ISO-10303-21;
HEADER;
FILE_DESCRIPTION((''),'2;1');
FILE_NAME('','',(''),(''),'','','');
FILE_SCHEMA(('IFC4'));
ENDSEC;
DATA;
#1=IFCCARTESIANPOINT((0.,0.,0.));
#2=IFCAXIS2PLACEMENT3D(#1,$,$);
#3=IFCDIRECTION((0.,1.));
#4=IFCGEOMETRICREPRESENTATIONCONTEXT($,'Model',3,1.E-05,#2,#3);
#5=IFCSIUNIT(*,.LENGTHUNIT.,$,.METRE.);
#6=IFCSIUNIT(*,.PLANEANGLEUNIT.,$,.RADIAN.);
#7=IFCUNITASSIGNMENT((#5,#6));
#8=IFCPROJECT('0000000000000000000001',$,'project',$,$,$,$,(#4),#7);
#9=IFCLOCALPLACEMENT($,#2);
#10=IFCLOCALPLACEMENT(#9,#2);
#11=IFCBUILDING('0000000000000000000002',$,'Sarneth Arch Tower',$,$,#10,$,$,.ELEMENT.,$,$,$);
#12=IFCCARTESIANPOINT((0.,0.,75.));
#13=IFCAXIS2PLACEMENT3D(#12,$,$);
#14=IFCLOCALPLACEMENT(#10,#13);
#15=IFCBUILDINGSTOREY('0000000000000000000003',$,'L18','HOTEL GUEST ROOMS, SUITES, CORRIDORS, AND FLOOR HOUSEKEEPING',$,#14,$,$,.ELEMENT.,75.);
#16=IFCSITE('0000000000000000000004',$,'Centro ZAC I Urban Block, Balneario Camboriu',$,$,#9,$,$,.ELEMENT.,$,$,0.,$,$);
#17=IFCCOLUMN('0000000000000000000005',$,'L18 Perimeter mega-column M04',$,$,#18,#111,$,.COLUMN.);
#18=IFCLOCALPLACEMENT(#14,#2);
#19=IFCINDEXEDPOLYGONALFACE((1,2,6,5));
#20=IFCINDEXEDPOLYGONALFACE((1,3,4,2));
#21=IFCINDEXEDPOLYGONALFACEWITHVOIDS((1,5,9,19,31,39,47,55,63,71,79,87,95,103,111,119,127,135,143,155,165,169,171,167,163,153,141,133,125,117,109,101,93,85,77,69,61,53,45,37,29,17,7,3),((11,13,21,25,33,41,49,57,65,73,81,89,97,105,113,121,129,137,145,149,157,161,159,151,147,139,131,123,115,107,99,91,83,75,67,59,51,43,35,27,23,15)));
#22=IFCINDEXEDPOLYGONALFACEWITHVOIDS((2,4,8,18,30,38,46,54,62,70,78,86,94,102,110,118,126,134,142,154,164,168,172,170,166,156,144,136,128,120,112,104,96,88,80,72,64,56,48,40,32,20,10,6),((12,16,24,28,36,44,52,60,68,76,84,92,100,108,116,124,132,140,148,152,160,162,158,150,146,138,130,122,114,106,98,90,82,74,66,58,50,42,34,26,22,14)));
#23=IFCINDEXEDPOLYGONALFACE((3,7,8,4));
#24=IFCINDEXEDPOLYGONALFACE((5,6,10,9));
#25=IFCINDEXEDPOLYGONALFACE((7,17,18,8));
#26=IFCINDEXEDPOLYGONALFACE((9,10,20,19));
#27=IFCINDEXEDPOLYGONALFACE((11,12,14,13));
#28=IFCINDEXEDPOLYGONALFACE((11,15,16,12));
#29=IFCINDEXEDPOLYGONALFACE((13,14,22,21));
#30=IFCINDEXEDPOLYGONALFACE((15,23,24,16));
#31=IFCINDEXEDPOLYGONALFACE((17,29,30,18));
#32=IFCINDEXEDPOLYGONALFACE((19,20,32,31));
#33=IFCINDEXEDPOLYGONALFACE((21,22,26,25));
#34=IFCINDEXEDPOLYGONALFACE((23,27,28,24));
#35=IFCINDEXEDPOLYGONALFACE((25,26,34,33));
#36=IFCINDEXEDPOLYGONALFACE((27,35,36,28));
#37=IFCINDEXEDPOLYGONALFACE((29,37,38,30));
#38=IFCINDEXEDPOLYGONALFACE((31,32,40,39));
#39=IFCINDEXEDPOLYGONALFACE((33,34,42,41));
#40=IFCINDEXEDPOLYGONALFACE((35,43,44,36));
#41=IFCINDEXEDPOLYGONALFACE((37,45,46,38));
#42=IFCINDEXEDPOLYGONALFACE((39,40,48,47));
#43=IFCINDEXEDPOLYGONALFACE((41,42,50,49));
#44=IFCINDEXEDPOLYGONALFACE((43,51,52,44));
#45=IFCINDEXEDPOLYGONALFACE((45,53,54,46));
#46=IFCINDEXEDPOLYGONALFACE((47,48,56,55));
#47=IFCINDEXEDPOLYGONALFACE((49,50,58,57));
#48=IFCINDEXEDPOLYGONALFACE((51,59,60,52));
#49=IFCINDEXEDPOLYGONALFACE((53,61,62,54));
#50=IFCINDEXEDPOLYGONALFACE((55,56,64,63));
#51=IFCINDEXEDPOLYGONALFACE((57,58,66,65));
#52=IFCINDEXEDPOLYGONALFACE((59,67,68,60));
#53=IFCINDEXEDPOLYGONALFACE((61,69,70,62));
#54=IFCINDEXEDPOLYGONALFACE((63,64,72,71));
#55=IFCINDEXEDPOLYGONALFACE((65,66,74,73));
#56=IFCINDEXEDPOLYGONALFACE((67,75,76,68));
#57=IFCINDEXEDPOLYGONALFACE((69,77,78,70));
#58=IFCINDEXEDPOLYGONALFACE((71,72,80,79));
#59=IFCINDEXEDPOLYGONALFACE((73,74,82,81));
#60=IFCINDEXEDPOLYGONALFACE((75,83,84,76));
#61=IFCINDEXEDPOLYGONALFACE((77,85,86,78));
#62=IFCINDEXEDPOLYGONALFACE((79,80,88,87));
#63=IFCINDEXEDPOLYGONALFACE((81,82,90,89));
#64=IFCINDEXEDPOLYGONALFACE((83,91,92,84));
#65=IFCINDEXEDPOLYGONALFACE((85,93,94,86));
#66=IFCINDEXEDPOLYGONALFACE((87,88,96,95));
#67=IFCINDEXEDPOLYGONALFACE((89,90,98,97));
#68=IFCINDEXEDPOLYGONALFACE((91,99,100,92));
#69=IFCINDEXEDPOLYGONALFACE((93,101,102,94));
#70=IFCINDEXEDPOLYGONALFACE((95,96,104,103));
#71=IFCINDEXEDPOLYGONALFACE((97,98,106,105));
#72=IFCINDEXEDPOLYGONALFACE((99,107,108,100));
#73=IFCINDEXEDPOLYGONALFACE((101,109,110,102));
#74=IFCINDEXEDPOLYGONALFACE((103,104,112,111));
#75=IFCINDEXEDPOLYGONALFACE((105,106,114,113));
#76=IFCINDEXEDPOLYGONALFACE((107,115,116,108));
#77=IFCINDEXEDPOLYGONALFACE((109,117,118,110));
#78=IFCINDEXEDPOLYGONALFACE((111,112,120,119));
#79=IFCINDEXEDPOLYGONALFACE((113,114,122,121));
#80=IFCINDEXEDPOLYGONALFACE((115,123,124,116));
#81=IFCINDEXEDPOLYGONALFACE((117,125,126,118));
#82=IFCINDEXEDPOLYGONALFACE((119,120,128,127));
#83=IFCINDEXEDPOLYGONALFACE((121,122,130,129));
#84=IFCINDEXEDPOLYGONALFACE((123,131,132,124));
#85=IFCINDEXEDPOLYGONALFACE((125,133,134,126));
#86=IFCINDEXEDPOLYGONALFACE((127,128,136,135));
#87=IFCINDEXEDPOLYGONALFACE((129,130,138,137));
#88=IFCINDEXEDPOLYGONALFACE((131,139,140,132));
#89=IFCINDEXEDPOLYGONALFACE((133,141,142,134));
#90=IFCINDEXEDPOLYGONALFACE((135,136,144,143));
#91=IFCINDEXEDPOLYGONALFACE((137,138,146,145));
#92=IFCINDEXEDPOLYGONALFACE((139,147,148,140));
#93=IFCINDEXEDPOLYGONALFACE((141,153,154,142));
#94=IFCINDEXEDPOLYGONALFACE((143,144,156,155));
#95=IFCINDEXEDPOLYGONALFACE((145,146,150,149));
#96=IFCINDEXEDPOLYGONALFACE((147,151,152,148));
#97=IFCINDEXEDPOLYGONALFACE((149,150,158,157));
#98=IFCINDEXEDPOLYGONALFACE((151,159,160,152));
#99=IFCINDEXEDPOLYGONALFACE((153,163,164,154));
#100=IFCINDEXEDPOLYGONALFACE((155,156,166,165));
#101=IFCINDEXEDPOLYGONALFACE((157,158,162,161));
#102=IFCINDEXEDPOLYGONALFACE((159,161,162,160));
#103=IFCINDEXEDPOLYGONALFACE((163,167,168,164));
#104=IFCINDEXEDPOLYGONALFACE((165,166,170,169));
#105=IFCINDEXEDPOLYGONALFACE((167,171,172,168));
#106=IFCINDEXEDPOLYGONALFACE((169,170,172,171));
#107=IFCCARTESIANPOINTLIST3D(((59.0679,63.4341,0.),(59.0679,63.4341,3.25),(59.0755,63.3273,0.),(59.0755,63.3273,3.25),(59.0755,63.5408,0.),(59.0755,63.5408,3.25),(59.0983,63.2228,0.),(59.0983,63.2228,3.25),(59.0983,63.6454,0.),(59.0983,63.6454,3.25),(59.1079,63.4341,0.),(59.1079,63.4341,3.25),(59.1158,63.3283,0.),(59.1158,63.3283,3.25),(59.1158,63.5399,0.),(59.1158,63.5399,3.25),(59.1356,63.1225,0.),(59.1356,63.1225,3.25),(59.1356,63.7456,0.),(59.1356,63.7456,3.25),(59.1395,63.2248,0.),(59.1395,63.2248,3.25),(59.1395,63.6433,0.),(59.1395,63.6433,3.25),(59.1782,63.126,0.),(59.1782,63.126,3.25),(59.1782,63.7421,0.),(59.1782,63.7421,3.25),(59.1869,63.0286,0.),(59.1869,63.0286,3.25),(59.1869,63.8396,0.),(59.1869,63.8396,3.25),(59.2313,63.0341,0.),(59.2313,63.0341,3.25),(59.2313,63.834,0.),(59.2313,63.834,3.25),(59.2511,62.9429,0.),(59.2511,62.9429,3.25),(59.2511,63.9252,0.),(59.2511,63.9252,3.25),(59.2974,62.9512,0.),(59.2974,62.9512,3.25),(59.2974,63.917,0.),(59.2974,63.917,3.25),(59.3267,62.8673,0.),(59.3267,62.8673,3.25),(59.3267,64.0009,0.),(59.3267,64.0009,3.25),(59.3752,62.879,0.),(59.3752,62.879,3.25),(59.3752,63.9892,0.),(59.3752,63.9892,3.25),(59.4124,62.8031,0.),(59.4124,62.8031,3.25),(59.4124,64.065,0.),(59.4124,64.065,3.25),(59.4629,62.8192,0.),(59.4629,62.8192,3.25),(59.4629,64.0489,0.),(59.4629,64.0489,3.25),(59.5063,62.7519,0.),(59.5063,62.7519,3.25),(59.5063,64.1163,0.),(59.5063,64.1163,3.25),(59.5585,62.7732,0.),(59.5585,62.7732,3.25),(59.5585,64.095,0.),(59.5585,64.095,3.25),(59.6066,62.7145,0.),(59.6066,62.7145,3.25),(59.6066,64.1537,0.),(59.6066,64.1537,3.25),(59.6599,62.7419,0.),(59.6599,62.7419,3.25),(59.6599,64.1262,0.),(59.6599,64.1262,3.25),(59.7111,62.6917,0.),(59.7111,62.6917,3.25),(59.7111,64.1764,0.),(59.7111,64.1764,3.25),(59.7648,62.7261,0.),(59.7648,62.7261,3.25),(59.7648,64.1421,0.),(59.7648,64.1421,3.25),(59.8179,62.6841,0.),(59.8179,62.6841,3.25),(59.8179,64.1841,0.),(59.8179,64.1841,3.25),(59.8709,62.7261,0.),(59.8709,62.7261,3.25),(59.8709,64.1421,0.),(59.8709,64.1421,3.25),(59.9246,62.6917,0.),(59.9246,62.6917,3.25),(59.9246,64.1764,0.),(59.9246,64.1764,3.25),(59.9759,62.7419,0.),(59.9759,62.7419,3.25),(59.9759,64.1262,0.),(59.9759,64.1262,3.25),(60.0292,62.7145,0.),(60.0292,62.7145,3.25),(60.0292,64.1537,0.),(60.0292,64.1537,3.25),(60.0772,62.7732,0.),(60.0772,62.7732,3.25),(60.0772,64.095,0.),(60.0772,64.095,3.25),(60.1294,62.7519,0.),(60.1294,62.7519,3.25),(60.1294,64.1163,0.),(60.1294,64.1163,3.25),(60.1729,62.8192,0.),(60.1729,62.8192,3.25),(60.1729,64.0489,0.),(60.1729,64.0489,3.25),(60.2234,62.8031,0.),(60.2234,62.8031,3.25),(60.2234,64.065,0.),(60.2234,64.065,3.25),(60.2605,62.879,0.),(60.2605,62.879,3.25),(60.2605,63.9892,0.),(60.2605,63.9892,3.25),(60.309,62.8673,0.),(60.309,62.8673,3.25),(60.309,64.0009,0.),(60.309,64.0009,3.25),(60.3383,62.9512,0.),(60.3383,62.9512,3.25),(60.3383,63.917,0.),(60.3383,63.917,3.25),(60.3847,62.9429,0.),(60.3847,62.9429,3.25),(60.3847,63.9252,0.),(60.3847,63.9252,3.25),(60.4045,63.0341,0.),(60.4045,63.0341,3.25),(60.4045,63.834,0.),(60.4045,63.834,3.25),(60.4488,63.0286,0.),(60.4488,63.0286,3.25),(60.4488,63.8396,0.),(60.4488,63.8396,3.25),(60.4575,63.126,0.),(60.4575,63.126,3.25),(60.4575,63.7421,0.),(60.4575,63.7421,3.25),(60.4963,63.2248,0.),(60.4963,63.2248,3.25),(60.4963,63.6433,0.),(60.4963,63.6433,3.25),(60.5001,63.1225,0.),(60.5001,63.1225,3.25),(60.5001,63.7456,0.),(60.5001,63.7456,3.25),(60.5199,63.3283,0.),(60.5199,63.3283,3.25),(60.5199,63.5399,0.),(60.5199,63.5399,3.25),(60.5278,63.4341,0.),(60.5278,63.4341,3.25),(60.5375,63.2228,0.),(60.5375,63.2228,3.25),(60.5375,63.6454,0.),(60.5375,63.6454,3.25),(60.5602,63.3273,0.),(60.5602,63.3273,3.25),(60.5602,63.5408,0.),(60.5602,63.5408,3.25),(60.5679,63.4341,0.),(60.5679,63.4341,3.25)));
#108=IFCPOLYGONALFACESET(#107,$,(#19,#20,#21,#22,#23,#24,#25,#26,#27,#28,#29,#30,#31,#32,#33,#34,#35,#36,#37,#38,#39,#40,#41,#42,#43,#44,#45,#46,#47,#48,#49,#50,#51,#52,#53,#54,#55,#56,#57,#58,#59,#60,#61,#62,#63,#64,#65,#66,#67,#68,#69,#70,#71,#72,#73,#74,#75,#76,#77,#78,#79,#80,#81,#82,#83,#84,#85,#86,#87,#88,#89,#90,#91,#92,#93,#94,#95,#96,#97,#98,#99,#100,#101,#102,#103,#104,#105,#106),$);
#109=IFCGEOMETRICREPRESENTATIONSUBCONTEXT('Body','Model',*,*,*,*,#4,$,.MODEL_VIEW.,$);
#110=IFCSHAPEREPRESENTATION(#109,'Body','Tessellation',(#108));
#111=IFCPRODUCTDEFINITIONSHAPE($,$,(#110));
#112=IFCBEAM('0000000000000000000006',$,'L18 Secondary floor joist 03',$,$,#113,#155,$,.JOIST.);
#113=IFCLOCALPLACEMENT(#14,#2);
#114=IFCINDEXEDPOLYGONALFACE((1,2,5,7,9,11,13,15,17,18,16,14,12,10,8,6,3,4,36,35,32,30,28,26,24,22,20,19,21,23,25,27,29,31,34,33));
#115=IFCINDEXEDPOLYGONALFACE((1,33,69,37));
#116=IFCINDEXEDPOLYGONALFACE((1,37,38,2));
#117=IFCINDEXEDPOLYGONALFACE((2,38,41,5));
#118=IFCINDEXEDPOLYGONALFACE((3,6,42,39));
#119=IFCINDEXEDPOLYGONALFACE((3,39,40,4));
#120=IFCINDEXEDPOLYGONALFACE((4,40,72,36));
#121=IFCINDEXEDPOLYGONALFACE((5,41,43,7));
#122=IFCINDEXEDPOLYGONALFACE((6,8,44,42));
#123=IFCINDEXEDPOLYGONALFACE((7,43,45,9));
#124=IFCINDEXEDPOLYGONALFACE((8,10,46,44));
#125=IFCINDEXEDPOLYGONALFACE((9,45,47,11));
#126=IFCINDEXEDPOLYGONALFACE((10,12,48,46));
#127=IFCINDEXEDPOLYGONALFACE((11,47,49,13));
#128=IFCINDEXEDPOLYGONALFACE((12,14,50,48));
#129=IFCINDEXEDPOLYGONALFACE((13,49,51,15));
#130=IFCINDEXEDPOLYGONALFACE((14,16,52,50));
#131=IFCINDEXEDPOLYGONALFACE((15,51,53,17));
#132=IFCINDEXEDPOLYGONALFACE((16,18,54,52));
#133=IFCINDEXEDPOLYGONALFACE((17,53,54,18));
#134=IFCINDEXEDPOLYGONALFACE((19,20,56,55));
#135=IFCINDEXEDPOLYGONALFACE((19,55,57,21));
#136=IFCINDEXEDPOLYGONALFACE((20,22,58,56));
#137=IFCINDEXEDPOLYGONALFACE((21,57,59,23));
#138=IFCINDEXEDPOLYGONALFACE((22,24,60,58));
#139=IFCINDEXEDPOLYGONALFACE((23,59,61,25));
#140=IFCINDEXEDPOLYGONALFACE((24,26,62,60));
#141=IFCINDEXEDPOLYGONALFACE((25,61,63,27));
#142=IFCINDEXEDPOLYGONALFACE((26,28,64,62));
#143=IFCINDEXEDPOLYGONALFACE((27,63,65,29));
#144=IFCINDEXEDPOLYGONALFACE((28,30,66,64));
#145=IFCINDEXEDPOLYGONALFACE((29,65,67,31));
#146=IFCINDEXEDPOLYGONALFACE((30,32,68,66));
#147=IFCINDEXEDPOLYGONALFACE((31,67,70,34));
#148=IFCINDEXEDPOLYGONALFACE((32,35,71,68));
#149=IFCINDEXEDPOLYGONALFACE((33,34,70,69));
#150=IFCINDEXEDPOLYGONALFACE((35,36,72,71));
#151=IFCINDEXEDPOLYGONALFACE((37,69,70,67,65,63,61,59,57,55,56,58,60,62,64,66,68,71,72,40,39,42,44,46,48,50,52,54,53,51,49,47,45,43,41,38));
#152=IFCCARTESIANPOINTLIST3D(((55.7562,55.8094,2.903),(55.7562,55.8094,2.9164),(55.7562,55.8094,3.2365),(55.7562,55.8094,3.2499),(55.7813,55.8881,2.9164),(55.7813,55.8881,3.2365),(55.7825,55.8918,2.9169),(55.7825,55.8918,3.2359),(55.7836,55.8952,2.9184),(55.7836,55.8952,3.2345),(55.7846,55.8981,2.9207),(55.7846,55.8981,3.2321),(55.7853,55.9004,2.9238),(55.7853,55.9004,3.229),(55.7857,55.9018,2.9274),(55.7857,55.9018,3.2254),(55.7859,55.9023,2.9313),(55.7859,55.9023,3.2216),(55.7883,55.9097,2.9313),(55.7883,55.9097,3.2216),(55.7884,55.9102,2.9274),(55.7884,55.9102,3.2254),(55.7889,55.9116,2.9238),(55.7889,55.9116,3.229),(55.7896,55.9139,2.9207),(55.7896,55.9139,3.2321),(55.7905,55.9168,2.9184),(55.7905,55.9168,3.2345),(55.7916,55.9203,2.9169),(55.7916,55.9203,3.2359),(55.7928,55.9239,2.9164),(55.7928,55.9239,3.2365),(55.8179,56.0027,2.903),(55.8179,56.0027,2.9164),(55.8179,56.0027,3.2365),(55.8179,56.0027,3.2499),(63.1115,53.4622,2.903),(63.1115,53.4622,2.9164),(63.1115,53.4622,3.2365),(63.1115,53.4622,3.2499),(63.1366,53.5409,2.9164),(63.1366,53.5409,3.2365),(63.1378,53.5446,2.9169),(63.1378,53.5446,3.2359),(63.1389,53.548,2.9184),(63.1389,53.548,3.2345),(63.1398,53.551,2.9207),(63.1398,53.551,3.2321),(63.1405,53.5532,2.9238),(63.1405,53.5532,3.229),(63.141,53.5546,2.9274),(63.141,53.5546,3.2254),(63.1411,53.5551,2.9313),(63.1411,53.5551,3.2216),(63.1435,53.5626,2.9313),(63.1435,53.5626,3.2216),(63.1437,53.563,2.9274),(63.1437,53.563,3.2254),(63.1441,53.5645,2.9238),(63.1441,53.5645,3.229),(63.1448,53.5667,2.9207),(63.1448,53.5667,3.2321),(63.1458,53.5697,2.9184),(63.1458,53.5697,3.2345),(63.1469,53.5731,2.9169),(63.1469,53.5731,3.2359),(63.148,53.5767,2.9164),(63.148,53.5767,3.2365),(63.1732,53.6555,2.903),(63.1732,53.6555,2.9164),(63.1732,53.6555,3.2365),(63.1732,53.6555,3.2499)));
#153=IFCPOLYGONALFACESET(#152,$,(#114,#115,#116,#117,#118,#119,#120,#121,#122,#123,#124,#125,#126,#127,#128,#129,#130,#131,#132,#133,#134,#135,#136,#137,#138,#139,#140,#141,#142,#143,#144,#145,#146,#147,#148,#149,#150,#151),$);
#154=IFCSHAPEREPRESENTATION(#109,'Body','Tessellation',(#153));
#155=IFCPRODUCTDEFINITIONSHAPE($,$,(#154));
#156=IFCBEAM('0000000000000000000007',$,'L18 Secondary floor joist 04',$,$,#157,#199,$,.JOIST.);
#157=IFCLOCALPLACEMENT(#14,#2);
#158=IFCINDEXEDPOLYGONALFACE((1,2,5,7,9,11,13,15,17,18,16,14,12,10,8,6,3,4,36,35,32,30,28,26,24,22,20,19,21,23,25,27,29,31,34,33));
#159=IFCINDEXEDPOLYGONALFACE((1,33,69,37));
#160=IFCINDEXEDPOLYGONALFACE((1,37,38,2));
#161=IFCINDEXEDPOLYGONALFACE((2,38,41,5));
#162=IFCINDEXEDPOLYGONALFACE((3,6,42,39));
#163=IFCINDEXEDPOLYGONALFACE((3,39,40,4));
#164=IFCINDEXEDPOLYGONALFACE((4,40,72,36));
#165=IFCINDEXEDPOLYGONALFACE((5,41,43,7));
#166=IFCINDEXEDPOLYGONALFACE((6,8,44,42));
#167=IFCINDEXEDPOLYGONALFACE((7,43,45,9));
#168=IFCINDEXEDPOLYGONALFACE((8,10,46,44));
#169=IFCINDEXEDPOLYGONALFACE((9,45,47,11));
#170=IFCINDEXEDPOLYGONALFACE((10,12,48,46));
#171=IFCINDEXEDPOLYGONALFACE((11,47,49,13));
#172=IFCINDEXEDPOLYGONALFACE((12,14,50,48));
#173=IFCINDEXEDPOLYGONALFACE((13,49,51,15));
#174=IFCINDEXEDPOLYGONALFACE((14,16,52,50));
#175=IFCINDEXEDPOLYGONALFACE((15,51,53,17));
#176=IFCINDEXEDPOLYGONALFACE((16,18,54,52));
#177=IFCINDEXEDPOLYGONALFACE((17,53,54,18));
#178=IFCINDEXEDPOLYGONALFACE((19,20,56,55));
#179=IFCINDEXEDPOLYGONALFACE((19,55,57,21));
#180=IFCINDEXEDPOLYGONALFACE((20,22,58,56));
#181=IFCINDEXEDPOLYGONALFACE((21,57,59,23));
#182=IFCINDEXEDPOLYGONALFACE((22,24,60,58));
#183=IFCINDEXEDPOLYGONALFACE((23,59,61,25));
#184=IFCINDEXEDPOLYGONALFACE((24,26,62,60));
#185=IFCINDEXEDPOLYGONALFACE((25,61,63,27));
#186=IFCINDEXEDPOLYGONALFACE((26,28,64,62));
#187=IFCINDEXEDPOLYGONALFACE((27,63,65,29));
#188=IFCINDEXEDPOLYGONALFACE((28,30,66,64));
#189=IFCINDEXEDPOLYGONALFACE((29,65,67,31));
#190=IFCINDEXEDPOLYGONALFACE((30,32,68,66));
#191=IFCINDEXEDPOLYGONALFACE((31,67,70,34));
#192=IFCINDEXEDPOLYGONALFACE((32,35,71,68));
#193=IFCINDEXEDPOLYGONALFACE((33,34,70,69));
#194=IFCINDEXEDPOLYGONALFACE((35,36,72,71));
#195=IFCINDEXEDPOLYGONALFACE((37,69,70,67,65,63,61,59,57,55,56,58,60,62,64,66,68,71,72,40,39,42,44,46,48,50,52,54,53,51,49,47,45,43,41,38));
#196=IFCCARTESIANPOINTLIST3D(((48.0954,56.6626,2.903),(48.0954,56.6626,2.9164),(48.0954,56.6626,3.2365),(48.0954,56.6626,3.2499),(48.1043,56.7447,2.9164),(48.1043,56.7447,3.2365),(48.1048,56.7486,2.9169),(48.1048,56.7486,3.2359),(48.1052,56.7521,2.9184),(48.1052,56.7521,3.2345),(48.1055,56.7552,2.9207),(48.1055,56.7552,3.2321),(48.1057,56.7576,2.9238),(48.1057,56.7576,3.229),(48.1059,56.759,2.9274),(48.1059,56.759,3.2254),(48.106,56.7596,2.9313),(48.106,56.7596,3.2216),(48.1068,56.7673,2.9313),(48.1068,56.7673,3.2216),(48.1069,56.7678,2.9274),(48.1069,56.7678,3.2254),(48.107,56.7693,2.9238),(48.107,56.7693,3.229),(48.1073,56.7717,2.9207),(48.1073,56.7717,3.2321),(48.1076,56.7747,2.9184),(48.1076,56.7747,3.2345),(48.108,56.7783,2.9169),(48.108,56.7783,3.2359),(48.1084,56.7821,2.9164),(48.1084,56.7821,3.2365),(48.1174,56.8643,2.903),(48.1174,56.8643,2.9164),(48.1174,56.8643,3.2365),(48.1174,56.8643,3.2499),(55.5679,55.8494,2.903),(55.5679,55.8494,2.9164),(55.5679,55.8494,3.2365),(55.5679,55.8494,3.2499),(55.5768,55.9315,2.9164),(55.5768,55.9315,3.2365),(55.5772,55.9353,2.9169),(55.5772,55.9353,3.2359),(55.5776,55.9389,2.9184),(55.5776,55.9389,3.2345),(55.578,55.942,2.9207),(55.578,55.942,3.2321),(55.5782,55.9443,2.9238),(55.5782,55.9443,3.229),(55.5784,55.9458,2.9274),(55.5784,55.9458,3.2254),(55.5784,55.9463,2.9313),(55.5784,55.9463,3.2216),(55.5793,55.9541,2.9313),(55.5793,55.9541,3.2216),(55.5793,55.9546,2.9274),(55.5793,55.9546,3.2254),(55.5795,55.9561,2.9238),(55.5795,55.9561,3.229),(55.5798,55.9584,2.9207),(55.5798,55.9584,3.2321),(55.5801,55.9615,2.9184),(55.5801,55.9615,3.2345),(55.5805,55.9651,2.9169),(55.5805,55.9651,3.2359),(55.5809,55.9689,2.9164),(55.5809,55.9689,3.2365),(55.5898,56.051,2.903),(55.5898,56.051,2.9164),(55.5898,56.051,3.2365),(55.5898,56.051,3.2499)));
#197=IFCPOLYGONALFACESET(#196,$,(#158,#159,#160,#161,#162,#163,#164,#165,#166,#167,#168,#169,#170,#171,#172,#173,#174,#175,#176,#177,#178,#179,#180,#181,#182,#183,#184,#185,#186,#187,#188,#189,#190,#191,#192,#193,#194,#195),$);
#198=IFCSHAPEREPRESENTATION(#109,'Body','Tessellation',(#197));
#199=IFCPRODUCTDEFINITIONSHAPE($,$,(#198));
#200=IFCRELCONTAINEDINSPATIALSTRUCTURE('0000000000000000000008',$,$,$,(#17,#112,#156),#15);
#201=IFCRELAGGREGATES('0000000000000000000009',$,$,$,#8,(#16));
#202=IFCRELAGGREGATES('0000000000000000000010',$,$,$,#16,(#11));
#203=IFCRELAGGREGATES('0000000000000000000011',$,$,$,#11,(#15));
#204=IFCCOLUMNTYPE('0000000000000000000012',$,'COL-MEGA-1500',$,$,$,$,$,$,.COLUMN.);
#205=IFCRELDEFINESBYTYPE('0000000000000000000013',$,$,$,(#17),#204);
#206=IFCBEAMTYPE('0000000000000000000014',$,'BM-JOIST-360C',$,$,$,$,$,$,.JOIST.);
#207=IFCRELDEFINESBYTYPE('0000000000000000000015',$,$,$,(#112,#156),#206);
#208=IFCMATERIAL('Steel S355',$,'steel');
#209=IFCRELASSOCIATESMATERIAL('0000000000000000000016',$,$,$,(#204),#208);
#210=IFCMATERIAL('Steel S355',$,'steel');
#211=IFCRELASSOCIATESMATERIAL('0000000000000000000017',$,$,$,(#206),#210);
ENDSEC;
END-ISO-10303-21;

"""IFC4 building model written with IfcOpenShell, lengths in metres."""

from ifc_helpers import new_model, si_unit, direction, frame, origin, origin_2d, place, context, subcontext, project, spatial, hollow_circle, i_section, extrude, material, material_profile, profile_set, type_object, element, save


model = new_model("IFC4")

# Units and contexts
model_context = context("Model", 3, precision=1e-05, world=origin(), true_north=direction((0.0, 1.0)))
body_context = subcontext(model_context, "Body", "Model", "MODEL_VIEW")
ifc_project = project(units=[si_unit("LENGTHUNIT", "METRE"), si_unit("PLANEANGLEUNIT", "RADIAN")], contexts=[model_context])

# Site, building, storey
site_placement = place(None, origin())
site = spatial("IfcSite", under=ifc_project, at=site_placement, Name="Centro ZAC I Urban Block, Balneario Camboriu", CompositionType="ELEMENT", RefElevation=0.0)
building_placement = place(site_placement, origin())
building = spatial("IfcBuilding", under=site, at=building_placement, Name="Sarneth Arch Tower", CompositionType="ELEMENT")
storey_placement = place(building_placement, frame((0.0, 0.0, 75.0)))
storey = spatial("IfcBuildingStorey", under=building, at=storey_placement, Name="L18", Description="HOTEL GUEST ROOMS, SUITES, CORRIDORS, AND FLOOR HOUSEKEEPING", CompositionType="ELEMENT", Elevation=75.0)

# Column
ifc_material_1 = material(Name="Steel S355", Category="steel")
ifc_material_profile_1 = material_profile(ifc_material_1, hollow_circle(Radius=0.75, WallThickness=0.04, at=origin_2d()), Name="CHS1500x40")
ifc_profile_set_1 = profile_set([ifc_material_profile_1], Name="Steel S355")
column_type = type_object("IfcColumnType", Name="COL-MEGA-1500", PredefinedType="COLUMN", material=ifc_profile_set_1)
column_placement = place(storey_placement, frame((59.8179, 63.4341, 0.0), z_axis=(0.0, 0.0, 1.0), x_axis=(1.0, 0.0, 0.0)))
element("IfcColumn", 1, at=column_placement, inside=storey, type_object=column_type, Name="L18 Perimeter mega-column M04", PredefinedType="COLUMN", context=body_context, shape_type="SweptSolid", body=[
    extrude(hollow_circle(Radius=0.75, WallThickness=0.04, at=origin_2d()), origin(), (0.0, 0.0, 1.0), 3.25),
])

# Beams
ifc_material_2 = material(Name="Steel S355", Category="steel")
ifc_material_profile_2 = material_profile(ifc_material_2, i_section(OverallWidth=0.2029, OverallDepth=0.3469, WebThickness=0.0078, FlangeThickness=0.0134, FilletRadius=0.0149, at=origin_2d()), Name="W360x64")
ifc_profile_set_2 = profile_set([ifc_material_profile_2], Name="Steel S355")
beam_type_1 = type_object("IfcBeamType", Name="BM-JOIST-360C", PredefinedType="JOIST", material=ifc_profile_set_2)
beam_1_placement = place(storey_placement, frame((63.1423, 53.5588, 3.0764), z_axis=(-0.952668, 0.304011, 0.0), x_axis=(-0.304011, -0.952668, 0.0)))
element("IfcBeam", 2, at=beam_1_placement, inside=storey, type_object=beam_type_1, Name="L18 Secondary floor joist 03", PredefinedType="JOIST", context=body_context, shape_type="SweptSolid", body=[
    extrude(i_section(OverallWidth=0.2029, OverallDepth=0.3469, WebThickness=0.0078, FlangeThickness=0.0134, FilletRadius=0.0149, at=origin_2d()), origin(), (0.0, 0.0, 1.0), 7.7207),
])
beam_2_placement = place(storey_placement, frame((55.5789, 55.9502, 3.0764), z_axis=(-0.99413, 0.108192, 0.0), x_axis=(-0.108192, -0.99413, 0.0)))
element("IfcBeam", 3, at=beam_2_placement, inside=storey, type_object=beam_type_1, Name="L18 Secondary floor joist 04", PredefinedType="JOIST", context=body_context, shape_type="SweptSolid", body=[
    extrude(i_section(OverallWidth=0.2029, OverallDepth=0.3469, WebThickness=0.0078, FlangeThickness=0.0134, FilletRadius=0.0149, at=origin_2d()), origin(), (0.0, 0.0, 1.0), 7.5166),
])

save(model, "model.ifc")
